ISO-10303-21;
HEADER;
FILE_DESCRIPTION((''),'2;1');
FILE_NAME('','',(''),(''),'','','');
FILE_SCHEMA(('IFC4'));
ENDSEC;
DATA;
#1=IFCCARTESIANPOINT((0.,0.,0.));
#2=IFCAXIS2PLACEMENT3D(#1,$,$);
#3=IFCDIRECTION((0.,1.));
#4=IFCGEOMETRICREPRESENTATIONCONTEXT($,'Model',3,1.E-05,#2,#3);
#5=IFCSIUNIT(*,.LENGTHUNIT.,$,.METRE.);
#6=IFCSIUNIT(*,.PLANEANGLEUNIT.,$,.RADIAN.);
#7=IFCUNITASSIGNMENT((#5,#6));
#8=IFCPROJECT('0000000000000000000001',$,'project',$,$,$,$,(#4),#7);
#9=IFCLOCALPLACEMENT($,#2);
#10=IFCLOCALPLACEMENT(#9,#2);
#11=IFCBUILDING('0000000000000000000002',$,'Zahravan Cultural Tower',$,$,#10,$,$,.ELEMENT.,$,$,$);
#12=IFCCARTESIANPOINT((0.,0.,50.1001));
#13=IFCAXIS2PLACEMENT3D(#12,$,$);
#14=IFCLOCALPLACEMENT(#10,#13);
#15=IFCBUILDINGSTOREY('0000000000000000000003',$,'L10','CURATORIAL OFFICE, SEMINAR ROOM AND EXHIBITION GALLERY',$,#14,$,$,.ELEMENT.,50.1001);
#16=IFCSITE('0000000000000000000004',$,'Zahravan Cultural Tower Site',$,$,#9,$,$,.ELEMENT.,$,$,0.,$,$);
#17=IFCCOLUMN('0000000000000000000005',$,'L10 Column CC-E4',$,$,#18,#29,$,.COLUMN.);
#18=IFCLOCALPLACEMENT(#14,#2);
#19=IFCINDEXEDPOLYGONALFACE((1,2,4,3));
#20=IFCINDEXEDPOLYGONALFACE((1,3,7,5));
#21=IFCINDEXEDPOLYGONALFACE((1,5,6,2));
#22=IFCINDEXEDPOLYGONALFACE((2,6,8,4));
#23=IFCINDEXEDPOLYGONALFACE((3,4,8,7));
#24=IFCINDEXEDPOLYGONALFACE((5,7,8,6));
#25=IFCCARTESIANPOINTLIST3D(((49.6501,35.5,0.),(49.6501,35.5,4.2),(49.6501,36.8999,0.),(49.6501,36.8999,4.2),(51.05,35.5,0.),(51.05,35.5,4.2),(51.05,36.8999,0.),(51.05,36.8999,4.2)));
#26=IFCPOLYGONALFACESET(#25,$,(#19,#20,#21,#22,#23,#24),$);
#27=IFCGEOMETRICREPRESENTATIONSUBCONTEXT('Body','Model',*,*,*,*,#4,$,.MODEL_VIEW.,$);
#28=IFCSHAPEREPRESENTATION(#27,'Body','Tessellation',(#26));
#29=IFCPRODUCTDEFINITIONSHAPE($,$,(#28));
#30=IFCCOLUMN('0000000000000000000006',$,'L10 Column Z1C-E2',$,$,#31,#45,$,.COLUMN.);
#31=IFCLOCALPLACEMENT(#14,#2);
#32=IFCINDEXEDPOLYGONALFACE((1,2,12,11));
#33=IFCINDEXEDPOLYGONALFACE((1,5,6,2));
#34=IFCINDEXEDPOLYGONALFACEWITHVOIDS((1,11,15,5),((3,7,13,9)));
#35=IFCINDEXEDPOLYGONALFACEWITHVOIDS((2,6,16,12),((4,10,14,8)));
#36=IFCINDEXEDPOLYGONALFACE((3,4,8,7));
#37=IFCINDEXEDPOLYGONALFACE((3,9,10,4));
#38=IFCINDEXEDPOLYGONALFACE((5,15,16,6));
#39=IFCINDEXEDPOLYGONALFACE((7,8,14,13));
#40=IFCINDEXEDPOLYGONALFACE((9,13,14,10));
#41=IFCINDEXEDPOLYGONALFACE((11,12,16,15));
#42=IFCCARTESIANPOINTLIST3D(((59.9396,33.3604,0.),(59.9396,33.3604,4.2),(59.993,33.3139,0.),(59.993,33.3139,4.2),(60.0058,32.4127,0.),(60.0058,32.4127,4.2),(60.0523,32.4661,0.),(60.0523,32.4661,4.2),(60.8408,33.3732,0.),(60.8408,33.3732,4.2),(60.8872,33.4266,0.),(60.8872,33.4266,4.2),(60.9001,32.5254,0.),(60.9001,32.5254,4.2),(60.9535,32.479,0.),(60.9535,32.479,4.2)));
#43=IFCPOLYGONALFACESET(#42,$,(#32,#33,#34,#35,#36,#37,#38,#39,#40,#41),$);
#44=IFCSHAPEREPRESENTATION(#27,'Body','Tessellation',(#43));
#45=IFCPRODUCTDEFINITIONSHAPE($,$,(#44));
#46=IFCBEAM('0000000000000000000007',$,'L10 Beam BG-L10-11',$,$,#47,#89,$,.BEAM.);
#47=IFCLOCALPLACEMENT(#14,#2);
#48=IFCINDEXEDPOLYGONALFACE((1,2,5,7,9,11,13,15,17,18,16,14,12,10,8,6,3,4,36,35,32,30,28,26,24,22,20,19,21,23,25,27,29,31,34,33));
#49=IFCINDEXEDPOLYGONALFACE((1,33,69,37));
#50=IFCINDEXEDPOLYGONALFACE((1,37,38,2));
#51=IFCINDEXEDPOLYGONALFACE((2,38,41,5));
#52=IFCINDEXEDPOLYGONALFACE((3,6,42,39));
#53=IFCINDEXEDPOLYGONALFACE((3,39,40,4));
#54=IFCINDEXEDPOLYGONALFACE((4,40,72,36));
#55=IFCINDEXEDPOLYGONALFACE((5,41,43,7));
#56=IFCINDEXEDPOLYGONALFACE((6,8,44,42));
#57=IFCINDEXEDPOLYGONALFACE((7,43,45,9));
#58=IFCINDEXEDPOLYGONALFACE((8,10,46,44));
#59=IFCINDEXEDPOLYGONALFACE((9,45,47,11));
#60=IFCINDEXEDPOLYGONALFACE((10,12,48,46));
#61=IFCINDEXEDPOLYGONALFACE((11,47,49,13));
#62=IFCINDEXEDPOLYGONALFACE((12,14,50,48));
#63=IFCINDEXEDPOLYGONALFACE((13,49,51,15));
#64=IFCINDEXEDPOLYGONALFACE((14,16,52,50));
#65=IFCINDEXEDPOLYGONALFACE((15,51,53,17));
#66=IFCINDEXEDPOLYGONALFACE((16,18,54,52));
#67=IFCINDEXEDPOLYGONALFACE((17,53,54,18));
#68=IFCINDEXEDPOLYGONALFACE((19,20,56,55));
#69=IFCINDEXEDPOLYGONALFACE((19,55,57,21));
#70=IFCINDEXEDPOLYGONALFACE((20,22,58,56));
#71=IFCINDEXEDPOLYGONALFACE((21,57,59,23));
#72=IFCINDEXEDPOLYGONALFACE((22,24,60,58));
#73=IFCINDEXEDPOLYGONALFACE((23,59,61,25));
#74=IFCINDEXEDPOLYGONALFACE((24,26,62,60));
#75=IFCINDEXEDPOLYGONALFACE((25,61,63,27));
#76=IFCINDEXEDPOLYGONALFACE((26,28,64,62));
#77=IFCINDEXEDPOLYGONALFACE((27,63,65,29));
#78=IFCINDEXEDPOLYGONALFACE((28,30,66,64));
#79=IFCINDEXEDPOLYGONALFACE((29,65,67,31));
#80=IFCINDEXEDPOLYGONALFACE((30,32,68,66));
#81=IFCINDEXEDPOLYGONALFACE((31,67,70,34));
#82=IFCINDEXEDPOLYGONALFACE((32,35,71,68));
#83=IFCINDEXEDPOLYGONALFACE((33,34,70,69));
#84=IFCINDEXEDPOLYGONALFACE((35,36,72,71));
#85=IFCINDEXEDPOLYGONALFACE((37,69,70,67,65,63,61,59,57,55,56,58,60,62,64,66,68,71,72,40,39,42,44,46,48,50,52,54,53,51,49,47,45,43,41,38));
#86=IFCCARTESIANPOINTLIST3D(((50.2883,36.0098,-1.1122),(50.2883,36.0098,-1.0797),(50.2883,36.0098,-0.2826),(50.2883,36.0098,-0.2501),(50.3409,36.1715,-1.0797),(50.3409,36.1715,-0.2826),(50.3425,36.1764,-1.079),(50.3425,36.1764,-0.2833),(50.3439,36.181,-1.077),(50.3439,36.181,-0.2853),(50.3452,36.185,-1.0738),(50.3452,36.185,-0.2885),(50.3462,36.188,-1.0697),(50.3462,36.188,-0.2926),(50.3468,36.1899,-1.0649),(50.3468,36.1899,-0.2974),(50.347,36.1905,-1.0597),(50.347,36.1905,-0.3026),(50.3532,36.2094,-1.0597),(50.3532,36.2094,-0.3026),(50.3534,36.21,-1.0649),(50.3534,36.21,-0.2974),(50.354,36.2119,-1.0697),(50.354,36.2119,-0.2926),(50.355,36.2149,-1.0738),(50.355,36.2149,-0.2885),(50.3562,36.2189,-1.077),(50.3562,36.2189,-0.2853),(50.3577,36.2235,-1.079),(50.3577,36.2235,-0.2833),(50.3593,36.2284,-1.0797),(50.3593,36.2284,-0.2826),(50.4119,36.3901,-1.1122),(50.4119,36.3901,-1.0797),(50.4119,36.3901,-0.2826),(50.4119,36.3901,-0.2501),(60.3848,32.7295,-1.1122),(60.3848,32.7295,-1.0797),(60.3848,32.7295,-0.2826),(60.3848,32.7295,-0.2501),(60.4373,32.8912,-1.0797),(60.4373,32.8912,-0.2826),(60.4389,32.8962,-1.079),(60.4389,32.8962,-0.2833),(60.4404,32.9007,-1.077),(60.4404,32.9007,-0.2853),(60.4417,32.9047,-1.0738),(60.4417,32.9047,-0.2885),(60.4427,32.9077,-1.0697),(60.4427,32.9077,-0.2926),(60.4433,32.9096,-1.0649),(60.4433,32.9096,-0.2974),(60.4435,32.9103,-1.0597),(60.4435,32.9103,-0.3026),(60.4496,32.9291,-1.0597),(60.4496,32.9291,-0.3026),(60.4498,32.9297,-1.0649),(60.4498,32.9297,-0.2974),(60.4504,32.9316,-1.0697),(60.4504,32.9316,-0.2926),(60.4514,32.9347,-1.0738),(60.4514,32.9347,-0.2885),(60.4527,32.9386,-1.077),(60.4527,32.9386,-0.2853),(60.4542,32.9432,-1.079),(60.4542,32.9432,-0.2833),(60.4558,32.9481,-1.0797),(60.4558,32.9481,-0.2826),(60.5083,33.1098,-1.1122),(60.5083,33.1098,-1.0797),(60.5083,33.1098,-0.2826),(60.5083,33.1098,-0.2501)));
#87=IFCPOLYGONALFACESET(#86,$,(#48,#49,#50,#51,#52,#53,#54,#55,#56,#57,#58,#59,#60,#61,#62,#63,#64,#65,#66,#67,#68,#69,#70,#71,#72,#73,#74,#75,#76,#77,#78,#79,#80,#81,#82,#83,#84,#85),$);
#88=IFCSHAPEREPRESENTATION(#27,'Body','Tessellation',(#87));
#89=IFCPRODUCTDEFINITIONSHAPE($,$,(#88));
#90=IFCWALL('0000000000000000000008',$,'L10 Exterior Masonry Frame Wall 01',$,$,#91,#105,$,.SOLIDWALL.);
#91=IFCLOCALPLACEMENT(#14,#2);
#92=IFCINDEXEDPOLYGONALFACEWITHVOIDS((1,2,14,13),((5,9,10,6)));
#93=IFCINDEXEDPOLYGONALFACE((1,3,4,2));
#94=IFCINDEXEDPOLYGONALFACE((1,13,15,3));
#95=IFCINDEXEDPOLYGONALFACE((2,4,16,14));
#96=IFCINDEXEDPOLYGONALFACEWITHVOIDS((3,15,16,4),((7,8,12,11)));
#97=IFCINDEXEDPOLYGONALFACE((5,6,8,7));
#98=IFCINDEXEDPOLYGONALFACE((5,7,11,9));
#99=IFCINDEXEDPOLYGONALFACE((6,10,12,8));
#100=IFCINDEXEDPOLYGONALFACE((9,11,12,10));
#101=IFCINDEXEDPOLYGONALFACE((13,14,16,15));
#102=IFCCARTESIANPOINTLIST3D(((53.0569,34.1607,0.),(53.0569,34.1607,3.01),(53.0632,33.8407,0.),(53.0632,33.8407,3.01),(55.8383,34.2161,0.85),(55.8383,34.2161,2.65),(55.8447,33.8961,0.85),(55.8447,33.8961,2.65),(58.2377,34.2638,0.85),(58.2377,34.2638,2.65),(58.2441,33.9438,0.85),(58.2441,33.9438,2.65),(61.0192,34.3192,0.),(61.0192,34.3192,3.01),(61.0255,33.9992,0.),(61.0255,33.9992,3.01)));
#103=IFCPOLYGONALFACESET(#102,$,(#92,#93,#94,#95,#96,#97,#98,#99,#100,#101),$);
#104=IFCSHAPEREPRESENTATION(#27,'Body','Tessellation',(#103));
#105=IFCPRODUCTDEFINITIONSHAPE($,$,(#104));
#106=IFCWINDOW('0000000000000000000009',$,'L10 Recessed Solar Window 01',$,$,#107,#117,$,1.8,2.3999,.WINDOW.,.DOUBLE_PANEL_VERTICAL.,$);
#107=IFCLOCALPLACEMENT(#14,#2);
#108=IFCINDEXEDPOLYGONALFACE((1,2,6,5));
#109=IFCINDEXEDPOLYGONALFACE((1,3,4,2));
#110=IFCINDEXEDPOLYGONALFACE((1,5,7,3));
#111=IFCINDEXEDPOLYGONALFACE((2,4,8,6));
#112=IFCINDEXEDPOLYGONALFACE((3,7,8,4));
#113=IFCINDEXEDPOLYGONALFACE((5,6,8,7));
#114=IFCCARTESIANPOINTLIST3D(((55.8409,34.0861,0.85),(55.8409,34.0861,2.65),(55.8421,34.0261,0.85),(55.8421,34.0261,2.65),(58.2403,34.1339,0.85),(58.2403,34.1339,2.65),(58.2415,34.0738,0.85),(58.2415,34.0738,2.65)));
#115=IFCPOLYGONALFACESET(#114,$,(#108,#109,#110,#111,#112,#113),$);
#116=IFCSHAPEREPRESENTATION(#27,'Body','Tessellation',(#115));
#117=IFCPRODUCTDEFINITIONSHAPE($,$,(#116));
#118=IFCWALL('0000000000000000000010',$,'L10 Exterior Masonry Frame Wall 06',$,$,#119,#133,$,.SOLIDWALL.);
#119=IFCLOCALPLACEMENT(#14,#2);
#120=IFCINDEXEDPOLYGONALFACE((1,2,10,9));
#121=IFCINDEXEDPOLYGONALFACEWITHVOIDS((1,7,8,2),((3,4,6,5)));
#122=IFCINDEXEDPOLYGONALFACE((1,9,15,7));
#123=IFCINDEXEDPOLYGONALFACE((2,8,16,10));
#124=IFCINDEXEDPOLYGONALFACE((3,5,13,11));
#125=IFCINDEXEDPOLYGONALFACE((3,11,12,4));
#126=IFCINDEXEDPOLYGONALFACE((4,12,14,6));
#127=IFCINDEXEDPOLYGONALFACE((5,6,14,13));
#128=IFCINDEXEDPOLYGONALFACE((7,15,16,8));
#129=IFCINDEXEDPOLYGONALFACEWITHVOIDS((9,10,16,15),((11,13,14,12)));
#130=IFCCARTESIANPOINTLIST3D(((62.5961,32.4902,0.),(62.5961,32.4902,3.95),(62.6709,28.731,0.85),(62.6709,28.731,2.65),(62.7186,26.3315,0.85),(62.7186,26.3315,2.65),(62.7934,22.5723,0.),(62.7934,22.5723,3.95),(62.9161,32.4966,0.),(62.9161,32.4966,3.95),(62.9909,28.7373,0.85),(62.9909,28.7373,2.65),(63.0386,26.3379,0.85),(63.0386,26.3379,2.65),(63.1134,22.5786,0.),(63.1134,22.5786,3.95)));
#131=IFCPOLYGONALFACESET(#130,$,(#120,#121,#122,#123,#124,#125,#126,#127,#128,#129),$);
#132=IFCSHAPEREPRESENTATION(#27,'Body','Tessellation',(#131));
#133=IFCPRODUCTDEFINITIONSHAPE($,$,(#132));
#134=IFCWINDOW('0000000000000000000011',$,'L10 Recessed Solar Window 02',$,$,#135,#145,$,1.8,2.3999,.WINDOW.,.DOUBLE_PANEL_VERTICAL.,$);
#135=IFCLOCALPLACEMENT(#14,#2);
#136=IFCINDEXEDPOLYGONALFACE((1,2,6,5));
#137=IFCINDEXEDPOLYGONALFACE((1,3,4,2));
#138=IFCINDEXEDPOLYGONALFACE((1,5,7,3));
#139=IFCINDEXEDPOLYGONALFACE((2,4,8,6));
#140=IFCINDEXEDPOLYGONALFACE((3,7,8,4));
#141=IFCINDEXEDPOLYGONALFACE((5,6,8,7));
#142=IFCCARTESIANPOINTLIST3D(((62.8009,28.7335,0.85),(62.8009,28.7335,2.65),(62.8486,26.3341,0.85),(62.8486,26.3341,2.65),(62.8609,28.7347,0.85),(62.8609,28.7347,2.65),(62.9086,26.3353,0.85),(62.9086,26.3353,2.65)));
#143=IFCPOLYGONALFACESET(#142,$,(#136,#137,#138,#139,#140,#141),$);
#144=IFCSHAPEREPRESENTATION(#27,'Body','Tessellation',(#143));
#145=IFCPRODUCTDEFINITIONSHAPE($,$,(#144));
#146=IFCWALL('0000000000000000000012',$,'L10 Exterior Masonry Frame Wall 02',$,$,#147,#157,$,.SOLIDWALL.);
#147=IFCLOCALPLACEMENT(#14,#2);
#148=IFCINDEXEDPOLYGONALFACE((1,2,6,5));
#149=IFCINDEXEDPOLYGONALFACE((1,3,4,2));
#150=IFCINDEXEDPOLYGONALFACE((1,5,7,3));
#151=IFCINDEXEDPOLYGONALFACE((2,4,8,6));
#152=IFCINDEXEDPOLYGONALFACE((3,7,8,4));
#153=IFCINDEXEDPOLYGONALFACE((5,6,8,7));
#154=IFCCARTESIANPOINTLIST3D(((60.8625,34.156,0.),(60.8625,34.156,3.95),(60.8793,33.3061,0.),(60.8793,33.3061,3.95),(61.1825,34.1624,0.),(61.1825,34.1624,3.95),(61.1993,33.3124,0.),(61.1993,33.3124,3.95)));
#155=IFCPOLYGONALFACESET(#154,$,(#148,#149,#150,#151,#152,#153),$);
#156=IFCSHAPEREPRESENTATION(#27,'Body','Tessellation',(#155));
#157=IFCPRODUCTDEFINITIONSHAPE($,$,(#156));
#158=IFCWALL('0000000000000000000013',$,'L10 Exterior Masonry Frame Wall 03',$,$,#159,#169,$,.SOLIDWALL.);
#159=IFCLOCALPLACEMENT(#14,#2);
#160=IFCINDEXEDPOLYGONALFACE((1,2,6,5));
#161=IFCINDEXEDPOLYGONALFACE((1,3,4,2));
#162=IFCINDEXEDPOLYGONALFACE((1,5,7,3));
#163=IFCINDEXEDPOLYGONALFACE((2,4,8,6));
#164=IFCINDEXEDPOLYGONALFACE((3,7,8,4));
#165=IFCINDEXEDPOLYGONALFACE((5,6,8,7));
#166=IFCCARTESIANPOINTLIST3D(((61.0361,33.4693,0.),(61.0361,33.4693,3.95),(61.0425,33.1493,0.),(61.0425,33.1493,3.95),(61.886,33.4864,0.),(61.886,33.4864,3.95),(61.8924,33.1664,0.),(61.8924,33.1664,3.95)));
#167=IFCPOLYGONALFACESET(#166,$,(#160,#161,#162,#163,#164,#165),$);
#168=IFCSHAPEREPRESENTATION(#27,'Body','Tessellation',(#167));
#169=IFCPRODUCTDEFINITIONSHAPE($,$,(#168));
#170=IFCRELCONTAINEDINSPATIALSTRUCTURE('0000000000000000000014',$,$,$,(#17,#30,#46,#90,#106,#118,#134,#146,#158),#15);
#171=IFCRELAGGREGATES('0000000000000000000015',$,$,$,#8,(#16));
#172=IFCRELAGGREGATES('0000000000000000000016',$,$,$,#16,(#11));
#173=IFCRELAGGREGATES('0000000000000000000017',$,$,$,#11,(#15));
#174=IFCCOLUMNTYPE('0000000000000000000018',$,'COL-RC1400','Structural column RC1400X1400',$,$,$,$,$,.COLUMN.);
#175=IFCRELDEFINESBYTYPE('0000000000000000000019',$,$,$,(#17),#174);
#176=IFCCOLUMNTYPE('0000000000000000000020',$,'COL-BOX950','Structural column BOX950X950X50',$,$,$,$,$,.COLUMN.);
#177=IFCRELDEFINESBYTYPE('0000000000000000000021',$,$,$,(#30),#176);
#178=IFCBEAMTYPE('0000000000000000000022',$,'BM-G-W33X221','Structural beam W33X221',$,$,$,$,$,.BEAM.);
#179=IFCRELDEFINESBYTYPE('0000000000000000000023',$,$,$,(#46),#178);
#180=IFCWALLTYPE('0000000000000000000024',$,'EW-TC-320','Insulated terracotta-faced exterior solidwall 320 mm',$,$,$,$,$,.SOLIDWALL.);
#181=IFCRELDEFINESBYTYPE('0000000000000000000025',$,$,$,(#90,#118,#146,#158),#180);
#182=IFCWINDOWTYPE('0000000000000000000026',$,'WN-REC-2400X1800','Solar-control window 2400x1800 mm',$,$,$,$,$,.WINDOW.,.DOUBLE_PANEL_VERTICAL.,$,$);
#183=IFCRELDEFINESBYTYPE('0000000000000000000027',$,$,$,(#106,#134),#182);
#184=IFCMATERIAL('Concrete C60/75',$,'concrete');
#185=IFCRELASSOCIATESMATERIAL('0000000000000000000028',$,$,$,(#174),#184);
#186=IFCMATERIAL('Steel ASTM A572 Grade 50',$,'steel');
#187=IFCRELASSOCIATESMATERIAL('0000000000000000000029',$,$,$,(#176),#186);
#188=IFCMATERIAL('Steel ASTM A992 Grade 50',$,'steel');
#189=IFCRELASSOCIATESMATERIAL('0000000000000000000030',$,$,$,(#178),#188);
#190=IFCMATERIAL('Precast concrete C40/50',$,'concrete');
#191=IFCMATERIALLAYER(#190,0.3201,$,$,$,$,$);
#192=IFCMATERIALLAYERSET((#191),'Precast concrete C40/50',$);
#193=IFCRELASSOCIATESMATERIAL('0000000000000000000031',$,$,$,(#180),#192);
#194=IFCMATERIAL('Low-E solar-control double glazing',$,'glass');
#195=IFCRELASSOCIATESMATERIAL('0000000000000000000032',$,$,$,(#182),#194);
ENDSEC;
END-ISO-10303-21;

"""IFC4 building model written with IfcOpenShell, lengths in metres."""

from ifc_helpers import new_model, si_unit, direction, frame, frame_2d, origin, origin_2d, place, context, subcontext, project, spatial, rectangle, hollow_rectangle, i_section, extrude, source, transform, mapped, material, layer, layer_set, material_profile, profile_set, type_object, element, fill, save


model = new_model("IFC4")

# Units and contexts
model_context = context("Model", 3, precision=1e-05, world=origin(), true_north=direction((0.0, 1.0)))
body_context = subcontext(model_context, "Body", "Model", "MODEL_VIEW")
ifc_project = project(units=[si_unit("LENGTHUNIT", "METRE"), si_unit("PLANEANGLEUNIT", "RADIAN")], contexts=[model_context])

# Site, building, storey
site_placement = place(None, origin())
site = spatial("IfcSite", under=ifc_project, at=site_placement, Name="Zahravan Cultural Tower Site", CompositionType="ELEMENT", RefElevation=0.0)
building_placement = place(site_placement, origin())
building = spatial("IfcBuilding", under=site, at=building_placement, Name="Zahravan Cultural Tower", CompositionType="ELEMENT")
storey_placement = place(building_placement, frame((0.0, 0.0, 50.1001)))
storey = spatial("IfcBuildingStorey", under=building, at=storey_placement, Name="L10", Description="CURATORIAL OFFICE, SEMINAR ROOM AND EXHIBITION GALLERY", CompositionType="ELEMENT", Elevation=50.1001)

# Columns
ifc_material_1 = material(Name="Concrete C60/75", Category="concrete")
ifc_material_profile_1 = material_profile(ifc_material_1, rectangle(XDim=1.3999, YDim=1.3999, at=origin_2d()), Name="RC1400X1400")
ifc_profile_set_1 = profile_set([ifc_material_profile_1], Name="Concrete C60/75")
column_type_1 = type_object("IfcColumnType", Name="COL-RC1400", Description="Structural column RC1400X1400", PredefinedType="COLUMN", material=ifc_profile_set_1)
shared_shape_1 = source(origin(), body_context, "Body", "SweptSolid", [
    extrude(rectangle(XDim=1.3999, YDim=1.3999, at=origin_2d()), origin(), (0.0, 0.0, 1.0), 4.2),
])
column_1_placement = place(storey_placement, frame((50.3501, 36.2, 0.0), z_axis=(0.0, 0.0, 1.0), x_axis=(1.0, 0.0, 0.0)))
element("IfcColumn", 1, at=column_1_placement, inside=storey, type_object=column_type_1, Name="L10 Column CC-E4", PredefinedType="COLUMN", context=body_context, shape_type="MappedRepresentation", body=[
    mapped(shared_shape_1, transform((0.0, 0.0, 0.0), x_axis=(1.0, 0.0, 0.0), y_axis=(0.0, 1.0, 0.0), z_axis=(0.0, 0.0, 1.0), scale=1.0)),
])
ifc_material_2 = material(Name="Steel ASTM A572 Grade 50", Category="steel")
ifc_material_profile_2 = material_profile(ifc_material_2, hollow_rectangle(XDim=0.95, YDim=0.95, WallThickness=0.05, at=origin_2d()), Name="BOX950X950X50")
ifc_profile_set_2 = profile_set([ifc_material_profile_2], Name="Steel ASTM A572 Grade 50")
column_type_2 = type_object("IfcColumnType", Name="COL-BOX950", Description="Structural column BOX950X950X50", PredefinedType="COLUMN", material=ifc_profile_set_2)
shared_shape_2 = source(origin(), body_context, "Body", "SweptSolid", [
    extrude(hollow_rectangle(XDim=0.95, YDim=0.95, WallThickness=0.05, at=origin_2d()), origin(), (0.0, 0.0, 1.0), 4.2),
])
column_2_placement = place(storey_placement, frame((60.4465, 32.9197, 0.0), z_axis=(0.0, 0.0, 1.0), x_axis=(0.997564, 0.069756, 0.0)))
element("IfcColumn", 2, at=column_2_placement, inside=storey, type_object=column_type_2, Name="L10 Column Z1C-E2", PredefinedType="COLUMN", context=body_context, shape_type="MappedRepresentation", body=[
    mapped(shared_shape_2, transform((0.0, 0.0, 0.0), x_axis=(1.0, 0.0, 0.0), y_axis=(0.0, 1.0, 0.0), z_axis=(0.0, 0.0, 1.0), scale=1.0)),
])

# Beam
ifc_material_3 = material(Name="Steel ASTM A992 Grade 50", Category="steel")
ifc_material_profile_3 = material_profile(ifc_material_3, i_section(OverallWidth=0.3999, OverallDepth=0.8621, WebThickness=0.0198, FlangeThickness=0.0325, FilletRadius=0.02, at=origin_2d()), Name="W33X221")
ifc_profile_set_3 = profile_set([ifc_material_profile_3], Name="Steel ASTM A992 Grade 50")
beam_type = type_object("IfcBeamType", Name="BM-G-W33X221", Description="Structural beam W33X221", PredefinedType="BEAM", material=ifc_profile_set_3)
shared_shape_3 = source(origin(), body_context, "Body", "SweptSolid", [
    extrude(i_section(OverallWidth=0.3999, OverallDepth=0.8621, WebThickness=0.0198, FlangeThickness=0.0325, FilletRadius=0.02, at=origin_2d()), origin(), (0.0, 0.0, 1.0), 10.616),
])
beam_placement = place(storey_placement, frame((50.3501, 36.2, -0.6812), z_axis=(0.951064, -0.308995, 0.0), x_axis=(0.308995, 0.951064, 0.0)))
element("IfcBeam", 3, at=beam_placement, inside=storey, type_object=beam_type, Name="L10 Beam BG-L10-11", PredefinedType="BEAM", context=body_context, shape_type="MappedRepresentation", body=[
    mapped(shared_shape_3, transform((0.0, 0.0, 0.0), x_axis=(1.0, 0.0, 0.0), y_axis=(0.0, 1.0, 0.0), z_axis=(0.0, 0.0, 1.0), scale=1.0)),
])

# Walls, openings, windows
ifc_material_4 = material(Name="Precast concrete C40/50", Category="concrete")
ifc_layer_1 = layer(ifc_material_4, 0.3201)
ifc_layer_set_1 = layer_set([ifc_layer_1], Name="Precast concrete C40/50")
wall_type_1 = type_object("IfcWallType", Name="EW-TC-320", Description="Insulated terracotta-faced exterior solidwall 320 mm", PredefinedType="SOLIDWALL", material=ifc_layer_set_1)
wall_1_placement = place(storey_placement, frame((53.0601, 34.0007, 0.0), z_axis=(0.0, 0.0, 1.0), x_axis=(0.999802, 0.019895, 0.0)))
wall_1 = element("IfcWall", 4, at=wall_1_placement, inside=storey, type_object=wall_type_1, Name="L10 Exterior Masonry Frame Wall 01", PredefinedType="SOLIDWALL", context=body_context, shape_type="SweptSolid", body=[
    extrude(rectangle(XDim=7.9639, YDim=0.3201, at=frame_2d((3.9819, 0.0))), origin(), (0.0, 0.0, 1.0), 3.01),
])
opening_1_placement = place(wall_1_placement, frame((2.782, 0.0, 0.8501)))
opening_1 = element("IfcOpeningElement", 5, at=opening_1_placement, cuts=wall_1, PredefinedType="OPENING", context=body_context, shape_type="SweptSolid", body=[
    extrude(rectangle(XDim=2.3999, YDim=1.8, at=frame_2d((1.2, 0.8999))), frame((0.0, 0.1699, 0.0), z_axis=(0.0, -1.0, 0.0), x_axis=(1.0, 0.0, 0.0)), (0.0, 0.0, 1.0), 0.3401),
])
ifc_material_5 = material(Name="Low-E solar-control double glazing", Category="glass")
window_type = type_object("IfcWindowType", Name="WN-REC-2400X1800", Description="Solar-control window 2400x1800 mm", PartitioningType="DOUBLE_PANEL_VERTICAL", PredefinedType="WINDOW", material=ifc_material_5)
shared_shape_4 = source(origin(), body_context, "Body", "SweptSolid", [
    extrude(rectangle(XDim=2.3999, YDim=1.8, at=frame_2d((1.2, 0.8999))), frame((0.0, 0.03, 0.0), z_axis=(0.0, -1.0, 0.0), x_axis=(1.0, 0.0, 0.0)), (0.0, 0.0, 1.0), 0.0601),
])
window_1_placement = place(opening_1_placement, origin())
window_1 = element("IfcWindow", 6, at=window_1_placement, inside=storey, type_object=window_type, Name="L10 Recessed Solar Window 01", OverallHeight=1.8, OverallWidth=2.3999, PartitioningType="DOUBLE_PANEL_VERTICAL", PredefinedType="WINDOW", context=body_context, shape_type="MappedRepresentation", body=[
    mapped(shared_shape_4, transform((0.0, 0.0, 0.0), x_axis=(1.0, 0.0, 0.0), y_axis=(0.0, 1.0, 0.0), z_axis=(0.0, 0.0, 1.0), scale=1.0)),
])
fill(opening_1, window_1)
wall_2_placement = place(storey_placement, frame((62.7561, 32.4934, 0.0), z_axis=(0.0, 0.0, 1.0), x_axis=(0.019886, -0.999802, 0.0)))
wall_2 = element("IfcWall", 7, at=wall_2_placement, inside=storey, type_object=wall_type_1, Name="L10 Exterior Masonry Frame Wall 06", PredefinedType="SOLIDWALL", context=body_context, shape_type="SweptSolid", body=[
    extrude(rectangle(XDim=9.9199, YDim=0.3201, at=frame_2d((4.96, 0.0))), origin(), (0.0, 0.0, 1.0), 3.95),
])
opening_2_placement = place(wall_2_placement, frame((3.76, 0.0, 0.8501)))
opening_2 = element("IfcOpeningElement", 8, at=opening_2_placement, cuts=wall_2, PredefinedType="OPENING", context=body_context, shape_type="SweptSolid", body=[
    extrude(rectangle(XDim=2.3999, YDim=1.8, at=frame_2d((1.2, 0.8999))), frame((0.0, 0.1699, 0.0), z_axis=(0.0, -1.0, 0.0), x_axis=(1.0, 0.0, 0.0)), (0.0, 0.0, 1.0), 0.3401),
])
window_2_placement = place(opening_2_placement, origin())
window_2 = element("IfcWindow", 9, at=window_2_placement, inside=storey, type_object=window_type, Name="L10 Recessed Solar Window 02", OverallHeight=1.8, OverallWidth=2.3999, PartitioningType="DOUBLE_PANEL_VERTICAL", PredefinedType="WINDOW", context=body_context, shape_type="MappedRepresentation", body=[
    mapped(shared_shape_4, transform((0.0, 0.0, 0.0), x_axis=(1.0, 0.0, 0.0), y_axis=(0.0, 1.0, 0.0), z_axis=(0.0, 0.0, 1.0), scale=1.0)),
])
fill(opening_2, window_2)

# Walls
shared_shape_5 = source(origin(), body_context, "Body", "SweptSolid", [
    extrude(rectangle(XDim=0.8501, YDim=0.3201, at=frame_2d((0.425, 0.0))), origin(), (0.0, 0.0, 1.0), 3.95),
])
for number, where, z_axis, x_axis, name in (
    (10, (61.0225, 34.1592, 0.0), (0.0, 0.0, 1.0), (0.019818, -0.999804, 0.0), "L10 Exterior Masonry Frame Wall 02"),
    (11, (61.0393, 33.3093, 0.0), (0.0, 0.0, 1.0), (0.999798, 0.020105, 0.0), "L10 Exterior Masonry Frame Wall 03"),
):
    element("IfcWall", number, at=place(storey_placement, frame(where, z_axis=z_axis, x_axis=x_axis)), inside=storey, type_object=wall_type_1, Name=name, PredefinedType="SOLIDWALL", context=body_context, shape_type="MappedRepresentation", body=[
        mapped(shared_shape_5, transform((0.0, 0.0, 0.0), x_axis=(1.0, 0.0, 0.0), y_axis=(0.0, 1.0, 0.0), z_axis=(0.0, 0.0, 1.0), scale=1.0)),
    ])

save(model, "model.ifc")
